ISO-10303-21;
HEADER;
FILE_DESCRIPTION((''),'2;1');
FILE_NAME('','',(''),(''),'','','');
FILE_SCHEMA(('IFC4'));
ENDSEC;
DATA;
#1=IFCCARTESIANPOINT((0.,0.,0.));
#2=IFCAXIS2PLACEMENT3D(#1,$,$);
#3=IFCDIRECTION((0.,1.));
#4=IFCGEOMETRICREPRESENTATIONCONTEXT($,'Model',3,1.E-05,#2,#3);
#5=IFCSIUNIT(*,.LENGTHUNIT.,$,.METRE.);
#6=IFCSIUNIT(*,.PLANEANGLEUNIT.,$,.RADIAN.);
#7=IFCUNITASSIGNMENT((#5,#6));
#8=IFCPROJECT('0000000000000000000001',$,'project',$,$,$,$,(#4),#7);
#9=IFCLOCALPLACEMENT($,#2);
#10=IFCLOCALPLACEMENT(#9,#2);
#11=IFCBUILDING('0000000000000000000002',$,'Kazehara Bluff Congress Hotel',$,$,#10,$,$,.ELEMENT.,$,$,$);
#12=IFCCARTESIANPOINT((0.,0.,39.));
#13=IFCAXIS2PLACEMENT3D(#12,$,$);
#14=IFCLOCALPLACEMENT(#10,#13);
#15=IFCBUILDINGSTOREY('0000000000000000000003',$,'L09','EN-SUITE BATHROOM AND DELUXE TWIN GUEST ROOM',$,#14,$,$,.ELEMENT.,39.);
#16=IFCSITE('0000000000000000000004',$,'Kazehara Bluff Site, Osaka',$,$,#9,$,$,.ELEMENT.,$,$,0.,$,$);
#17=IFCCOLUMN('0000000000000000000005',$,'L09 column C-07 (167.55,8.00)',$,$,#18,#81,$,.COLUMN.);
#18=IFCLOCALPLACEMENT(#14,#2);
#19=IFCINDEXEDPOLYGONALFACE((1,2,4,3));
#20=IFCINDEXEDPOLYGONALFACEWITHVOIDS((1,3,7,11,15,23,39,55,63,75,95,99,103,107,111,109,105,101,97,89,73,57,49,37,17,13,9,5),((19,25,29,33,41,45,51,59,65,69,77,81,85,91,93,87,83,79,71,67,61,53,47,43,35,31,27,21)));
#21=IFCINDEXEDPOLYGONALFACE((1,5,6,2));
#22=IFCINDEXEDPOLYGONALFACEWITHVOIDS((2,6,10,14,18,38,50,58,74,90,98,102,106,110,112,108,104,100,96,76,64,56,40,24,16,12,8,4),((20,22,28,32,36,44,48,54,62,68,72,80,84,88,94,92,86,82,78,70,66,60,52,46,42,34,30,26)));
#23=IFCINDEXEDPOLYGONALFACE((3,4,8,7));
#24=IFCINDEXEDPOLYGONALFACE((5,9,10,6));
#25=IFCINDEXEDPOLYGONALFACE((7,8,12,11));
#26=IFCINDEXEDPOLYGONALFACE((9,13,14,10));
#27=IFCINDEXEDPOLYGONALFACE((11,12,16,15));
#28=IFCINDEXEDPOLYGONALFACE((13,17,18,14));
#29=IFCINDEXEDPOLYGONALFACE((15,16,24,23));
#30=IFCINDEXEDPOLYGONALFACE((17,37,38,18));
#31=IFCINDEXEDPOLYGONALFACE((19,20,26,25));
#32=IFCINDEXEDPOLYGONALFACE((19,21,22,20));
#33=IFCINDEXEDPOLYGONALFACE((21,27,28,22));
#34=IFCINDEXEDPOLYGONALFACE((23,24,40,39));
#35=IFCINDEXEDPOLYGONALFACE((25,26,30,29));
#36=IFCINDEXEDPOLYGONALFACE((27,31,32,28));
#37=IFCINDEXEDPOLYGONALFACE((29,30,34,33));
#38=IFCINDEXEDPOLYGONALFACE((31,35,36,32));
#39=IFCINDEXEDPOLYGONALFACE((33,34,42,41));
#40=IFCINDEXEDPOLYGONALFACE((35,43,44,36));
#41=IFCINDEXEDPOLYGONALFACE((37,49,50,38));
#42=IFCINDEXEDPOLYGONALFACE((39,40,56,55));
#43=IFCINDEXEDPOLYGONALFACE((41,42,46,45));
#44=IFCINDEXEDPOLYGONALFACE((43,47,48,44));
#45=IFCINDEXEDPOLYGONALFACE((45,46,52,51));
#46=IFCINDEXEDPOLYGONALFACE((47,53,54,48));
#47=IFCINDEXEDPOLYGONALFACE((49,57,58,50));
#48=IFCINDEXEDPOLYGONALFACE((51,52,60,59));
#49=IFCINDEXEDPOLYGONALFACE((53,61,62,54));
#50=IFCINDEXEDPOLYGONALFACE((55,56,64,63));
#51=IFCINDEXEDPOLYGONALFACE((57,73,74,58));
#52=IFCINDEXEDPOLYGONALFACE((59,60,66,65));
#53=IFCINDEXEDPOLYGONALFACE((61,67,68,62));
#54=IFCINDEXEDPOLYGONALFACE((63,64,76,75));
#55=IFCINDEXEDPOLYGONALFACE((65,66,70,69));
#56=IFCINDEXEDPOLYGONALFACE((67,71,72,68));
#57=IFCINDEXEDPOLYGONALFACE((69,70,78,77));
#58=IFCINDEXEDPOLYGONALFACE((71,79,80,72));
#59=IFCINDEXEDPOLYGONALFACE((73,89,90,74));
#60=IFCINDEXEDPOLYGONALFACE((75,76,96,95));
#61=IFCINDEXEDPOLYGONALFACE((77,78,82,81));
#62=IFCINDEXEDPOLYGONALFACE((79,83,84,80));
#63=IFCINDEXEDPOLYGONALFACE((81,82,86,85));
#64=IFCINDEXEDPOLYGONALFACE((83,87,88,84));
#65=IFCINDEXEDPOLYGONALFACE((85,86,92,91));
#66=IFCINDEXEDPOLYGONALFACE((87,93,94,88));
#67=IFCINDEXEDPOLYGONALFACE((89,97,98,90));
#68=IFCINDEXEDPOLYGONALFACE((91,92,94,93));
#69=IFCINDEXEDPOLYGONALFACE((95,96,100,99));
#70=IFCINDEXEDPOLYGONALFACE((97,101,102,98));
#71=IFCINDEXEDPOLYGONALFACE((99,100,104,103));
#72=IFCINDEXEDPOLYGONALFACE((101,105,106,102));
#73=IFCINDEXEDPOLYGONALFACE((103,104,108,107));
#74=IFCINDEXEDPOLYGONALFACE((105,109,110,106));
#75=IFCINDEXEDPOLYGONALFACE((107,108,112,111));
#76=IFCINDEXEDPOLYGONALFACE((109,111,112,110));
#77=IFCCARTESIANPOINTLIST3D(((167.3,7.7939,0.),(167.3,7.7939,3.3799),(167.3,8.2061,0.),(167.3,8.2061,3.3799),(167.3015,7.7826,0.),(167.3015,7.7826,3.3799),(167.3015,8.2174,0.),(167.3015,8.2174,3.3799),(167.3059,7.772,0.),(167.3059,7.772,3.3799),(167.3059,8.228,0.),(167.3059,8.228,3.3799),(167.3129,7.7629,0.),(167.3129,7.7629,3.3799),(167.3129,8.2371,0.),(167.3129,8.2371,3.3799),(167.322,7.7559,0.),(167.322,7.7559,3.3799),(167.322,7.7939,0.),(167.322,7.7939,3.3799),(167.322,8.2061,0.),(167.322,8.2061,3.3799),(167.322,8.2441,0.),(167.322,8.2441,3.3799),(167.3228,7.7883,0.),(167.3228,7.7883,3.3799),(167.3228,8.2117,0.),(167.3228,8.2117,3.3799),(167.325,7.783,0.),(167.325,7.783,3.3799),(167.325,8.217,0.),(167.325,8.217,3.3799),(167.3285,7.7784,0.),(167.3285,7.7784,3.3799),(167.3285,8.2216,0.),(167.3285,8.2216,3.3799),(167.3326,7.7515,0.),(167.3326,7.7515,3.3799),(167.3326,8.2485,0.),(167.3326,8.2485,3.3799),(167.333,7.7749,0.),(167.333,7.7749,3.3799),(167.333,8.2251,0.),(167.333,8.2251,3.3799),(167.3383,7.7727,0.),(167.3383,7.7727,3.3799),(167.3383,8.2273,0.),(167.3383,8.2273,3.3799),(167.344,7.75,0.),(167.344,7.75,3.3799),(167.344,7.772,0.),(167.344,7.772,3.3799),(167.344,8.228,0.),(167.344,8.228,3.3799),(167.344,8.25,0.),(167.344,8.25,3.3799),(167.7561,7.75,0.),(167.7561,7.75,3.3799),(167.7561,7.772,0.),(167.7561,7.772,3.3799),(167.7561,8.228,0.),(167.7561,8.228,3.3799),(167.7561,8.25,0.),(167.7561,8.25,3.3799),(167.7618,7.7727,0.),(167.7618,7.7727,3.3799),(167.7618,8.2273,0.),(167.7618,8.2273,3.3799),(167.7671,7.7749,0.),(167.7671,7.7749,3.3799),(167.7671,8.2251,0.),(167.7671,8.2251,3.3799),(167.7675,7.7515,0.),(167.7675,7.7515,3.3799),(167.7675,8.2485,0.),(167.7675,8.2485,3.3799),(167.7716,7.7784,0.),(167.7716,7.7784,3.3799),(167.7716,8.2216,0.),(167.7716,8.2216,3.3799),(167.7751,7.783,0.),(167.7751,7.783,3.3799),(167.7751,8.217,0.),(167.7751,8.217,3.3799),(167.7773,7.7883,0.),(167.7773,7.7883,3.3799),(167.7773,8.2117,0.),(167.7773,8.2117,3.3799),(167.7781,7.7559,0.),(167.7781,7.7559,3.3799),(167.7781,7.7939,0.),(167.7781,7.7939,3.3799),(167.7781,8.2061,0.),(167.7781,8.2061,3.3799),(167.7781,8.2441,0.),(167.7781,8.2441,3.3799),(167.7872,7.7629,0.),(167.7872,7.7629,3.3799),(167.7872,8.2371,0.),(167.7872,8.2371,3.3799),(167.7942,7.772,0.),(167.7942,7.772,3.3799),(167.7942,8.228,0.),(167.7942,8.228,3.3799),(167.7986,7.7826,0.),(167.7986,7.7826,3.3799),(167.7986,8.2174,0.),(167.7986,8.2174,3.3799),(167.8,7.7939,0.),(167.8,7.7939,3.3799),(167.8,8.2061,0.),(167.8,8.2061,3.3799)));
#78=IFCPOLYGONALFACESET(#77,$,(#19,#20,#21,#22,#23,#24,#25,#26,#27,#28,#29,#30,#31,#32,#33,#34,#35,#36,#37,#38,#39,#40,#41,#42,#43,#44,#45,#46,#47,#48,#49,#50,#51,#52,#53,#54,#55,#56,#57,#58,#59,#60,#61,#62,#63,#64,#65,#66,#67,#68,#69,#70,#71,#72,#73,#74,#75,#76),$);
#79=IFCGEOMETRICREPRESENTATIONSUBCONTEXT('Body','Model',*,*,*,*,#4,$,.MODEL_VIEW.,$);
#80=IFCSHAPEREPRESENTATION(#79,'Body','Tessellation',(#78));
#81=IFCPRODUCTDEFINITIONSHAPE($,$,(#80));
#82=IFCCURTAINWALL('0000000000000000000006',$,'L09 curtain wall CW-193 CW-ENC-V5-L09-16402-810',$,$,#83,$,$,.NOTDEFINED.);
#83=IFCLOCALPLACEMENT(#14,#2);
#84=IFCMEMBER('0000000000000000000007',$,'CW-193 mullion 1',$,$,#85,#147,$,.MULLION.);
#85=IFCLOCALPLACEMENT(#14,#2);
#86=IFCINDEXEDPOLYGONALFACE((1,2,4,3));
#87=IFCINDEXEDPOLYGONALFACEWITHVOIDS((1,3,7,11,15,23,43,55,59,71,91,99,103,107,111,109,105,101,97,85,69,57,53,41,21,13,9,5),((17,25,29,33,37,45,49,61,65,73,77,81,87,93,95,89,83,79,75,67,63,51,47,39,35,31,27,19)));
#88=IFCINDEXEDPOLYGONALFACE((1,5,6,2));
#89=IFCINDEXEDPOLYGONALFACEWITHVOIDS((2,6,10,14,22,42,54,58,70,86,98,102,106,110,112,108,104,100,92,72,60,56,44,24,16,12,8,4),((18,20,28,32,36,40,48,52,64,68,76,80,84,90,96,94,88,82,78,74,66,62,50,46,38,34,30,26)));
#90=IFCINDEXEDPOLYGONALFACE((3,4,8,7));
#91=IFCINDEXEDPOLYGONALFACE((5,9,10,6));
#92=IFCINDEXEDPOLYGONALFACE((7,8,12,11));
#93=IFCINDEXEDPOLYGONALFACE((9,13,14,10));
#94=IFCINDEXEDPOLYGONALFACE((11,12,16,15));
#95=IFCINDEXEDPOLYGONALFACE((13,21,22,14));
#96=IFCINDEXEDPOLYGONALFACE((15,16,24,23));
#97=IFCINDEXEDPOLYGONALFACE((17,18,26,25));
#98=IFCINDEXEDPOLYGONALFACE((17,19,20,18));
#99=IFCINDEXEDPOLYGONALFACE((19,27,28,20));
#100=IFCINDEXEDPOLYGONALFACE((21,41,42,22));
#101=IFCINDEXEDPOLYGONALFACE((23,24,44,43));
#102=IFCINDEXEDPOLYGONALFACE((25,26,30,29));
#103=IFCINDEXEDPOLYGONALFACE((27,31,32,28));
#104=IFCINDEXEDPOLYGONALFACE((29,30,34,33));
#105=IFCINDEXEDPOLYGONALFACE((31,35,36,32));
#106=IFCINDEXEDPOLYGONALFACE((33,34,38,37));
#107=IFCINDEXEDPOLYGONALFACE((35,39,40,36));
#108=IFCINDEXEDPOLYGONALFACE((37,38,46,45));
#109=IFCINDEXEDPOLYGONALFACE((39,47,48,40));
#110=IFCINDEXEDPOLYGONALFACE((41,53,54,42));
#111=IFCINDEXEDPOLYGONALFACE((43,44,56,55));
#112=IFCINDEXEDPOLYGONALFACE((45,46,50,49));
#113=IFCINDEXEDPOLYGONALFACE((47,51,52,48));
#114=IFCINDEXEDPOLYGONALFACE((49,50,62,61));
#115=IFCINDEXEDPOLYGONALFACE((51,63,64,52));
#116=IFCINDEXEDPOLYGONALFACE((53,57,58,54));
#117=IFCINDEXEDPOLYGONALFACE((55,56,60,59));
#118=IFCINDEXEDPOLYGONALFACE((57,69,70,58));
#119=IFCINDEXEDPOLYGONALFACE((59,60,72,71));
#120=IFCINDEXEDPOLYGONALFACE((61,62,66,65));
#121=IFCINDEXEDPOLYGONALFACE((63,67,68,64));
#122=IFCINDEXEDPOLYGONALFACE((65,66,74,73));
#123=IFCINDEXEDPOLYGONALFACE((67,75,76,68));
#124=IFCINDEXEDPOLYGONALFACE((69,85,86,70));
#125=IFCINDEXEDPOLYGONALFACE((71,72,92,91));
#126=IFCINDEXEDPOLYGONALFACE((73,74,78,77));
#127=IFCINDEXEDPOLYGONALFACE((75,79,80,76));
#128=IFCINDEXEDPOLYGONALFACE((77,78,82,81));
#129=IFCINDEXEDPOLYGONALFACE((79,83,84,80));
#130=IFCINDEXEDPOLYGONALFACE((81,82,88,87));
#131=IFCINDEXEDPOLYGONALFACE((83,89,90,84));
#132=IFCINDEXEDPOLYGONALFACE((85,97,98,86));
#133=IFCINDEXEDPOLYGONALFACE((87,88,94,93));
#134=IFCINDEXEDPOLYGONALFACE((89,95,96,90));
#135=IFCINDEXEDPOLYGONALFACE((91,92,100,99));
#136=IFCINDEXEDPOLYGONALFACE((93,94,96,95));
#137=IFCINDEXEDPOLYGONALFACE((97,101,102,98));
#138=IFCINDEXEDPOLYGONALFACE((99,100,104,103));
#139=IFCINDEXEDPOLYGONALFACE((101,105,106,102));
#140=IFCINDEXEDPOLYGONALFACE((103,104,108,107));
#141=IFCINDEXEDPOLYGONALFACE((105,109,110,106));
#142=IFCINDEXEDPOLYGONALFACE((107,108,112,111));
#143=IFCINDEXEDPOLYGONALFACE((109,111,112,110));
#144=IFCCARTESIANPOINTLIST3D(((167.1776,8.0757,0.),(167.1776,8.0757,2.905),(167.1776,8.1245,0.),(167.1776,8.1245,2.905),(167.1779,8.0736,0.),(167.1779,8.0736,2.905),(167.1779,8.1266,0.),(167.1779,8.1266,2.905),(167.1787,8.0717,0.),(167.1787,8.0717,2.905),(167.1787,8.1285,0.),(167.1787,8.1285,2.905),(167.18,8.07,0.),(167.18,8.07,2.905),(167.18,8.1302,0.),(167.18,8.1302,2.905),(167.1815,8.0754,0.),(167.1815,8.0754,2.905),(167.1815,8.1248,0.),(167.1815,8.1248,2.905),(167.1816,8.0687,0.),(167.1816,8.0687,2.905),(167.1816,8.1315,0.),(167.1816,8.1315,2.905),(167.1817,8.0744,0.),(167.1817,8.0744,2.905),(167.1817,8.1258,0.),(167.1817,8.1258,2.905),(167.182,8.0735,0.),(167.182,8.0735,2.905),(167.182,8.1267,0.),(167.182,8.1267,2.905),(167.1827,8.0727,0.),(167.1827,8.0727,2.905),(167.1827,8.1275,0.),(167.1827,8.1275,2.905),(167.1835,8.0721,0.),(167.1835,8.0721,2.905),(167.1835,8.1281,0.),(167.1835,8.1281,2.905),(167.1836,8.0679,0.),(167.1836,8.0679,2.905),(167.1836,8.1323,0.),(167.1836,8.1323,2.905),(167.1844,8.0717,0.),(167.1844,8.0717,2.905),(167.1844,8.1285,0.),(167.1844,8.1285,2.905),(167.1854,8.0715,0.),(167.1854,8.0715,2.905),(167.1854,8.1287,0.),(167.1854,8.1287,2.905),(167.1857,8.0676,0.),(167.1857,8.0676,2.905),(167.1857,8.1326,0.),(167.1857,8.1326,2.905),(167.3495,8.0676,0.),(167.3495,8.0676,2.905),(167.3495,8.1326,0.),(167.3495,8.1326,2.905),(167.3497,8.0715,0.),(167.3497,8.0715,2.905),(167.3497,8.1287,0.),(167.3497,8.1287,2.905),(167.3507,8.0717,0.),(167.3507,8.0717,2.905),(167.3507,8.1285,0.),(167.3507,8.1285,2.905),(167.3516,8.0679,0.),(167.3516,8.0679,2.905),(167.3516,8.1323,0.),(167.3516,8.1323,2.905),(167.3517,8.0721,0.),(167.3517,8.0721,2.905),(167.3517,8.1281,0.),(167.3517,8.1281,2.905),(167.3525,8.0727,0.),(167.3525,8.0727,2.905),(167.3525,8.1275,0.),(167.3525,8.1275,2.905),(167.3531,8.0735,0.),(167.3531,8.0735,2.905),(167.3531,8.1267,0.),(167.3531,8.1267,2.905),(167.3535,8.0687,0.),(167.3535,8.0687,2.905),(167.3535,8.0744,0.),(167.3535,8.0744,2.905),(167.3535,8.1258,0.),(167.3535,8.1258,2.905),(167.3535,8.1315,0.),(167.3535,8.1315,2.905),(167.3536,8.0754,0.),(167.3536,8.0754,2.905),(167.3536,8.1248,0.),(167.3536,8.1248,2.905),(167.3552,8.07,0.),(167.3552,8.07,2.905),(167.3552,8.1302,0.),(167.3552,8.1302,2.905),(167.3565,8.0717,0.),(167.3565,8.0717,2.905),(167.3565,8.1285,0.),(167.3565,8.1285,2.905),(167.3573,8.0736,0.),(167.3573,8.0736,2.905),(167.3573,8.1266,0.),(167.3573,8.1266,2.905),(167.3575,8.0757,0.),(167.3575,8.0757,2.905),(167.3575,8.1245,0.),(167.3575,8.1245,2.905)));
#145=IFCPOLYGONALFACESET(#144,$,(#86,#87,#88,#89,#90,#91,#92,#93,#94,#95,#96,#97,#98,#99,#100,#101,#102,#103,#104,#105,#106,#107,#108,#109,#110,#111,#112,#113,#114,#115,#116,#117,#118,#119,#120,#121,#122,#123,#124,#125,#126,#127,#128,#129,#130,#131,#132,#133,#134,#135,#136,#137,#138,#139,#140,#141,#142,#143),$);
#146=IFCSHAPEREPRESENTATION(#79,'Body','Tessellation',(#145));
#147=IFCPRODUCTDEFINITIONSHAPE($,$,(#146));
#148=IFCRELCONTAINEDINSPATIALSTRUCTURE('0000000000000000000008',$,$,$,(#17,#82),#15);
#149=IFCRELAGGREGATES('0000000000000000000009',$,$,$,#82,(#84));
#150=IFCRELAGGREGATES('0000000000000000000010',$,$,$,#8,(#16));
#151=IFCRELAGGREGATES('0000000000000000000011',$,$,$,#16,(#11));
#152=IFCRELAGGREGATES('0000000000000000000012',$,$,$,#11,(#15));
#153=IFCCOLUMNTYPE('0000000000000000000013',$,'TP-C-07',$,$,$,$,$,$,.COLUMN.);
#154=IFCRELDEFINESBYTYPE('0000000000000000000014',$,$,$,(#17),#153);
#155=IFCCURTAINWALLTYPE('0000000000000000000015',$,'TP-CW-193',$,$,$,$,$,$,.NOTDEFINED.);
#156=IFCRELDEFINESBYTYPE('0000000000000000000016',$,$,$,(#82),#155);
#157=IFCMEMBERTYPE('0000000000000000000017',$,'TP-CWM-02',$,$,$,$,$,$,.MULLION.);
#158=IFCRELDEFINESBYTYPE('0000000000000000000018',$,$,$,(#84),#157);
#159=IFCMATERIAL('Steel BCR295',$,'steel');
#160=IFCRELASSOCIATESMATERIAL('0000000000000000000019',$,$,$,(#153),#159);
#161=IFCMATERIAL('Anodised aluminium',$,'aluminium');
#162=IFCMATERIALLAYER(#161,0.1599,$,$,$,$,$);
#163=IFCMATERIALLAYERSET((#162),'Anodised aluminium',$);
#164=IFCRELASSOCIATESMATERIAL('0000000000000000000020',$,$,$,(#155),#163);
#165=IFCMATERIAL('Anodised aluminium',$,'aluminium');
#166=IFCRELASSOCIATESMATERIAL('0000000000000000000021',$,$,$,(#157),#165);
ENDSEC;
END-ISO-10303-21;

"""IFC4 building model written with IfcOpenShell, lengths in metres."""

from ifc_helpers import new_model, si_unit, direction, frame, origin, origin_2d, place, context, subcontext, project, spatial, hollow_rectangle, extrude, material, layer, layer_set, material_profile, profile_set, type_object, element, aggregate, save


model = new_model("IFC4")

# Units and contexts
model_context = context("Model", 3, precision=1e-05, world=origin(), true_north=direction((0.0, 1.0)))
body_context = subcontext(model_context, "Body", "Model", "MODEL_VIEW")
ifc_project = project(units=[si_unit("LENGTHUNIT", "METRE"), si_unit("PLANEANGLEUNIT", "RADIAN")], contexts=[model_context])

# Site, building, storey
site_placement = place(None, origin())
site = spatial("IfcSite", under=ifc_project, at=site_placement, Name="Kazehara Bluff Site, Osaka", CompositionType="ELEMENT", RefElevation=0.0)
building_placement = place(site_placement, origin())
building = spatial("IfcBuilding", under=site, at=building_placement, Name="Kazehara Bluff Congress Hotel", CompositionType="ELEMENT")
storey_placement = place(building_placement, frame((0.0, 0.0, 39.0)))
storey = spatial("IfcBuildingStorey", under=building, at=storey_placement, Name="L09", Description="EN-SUITE BATHROOM AND DELUXE TWIN GUEST ROOM", CompositionType="ELEMENT", Elevation=39.0)

# Column
ifc_material_1 = material(Name="Steel BCR295", Category="steel")
ifc_material_profile_1 = material_profile(ifc_material_1, hollow_rectangle(XDim=0.5, YDim=0.5, WallThickness=0.022, InnerFilletRadius=0.022, OuterFilletRadius=0.0439, at=origin_2d()))
ifc_profile_set_1 = profile_set([ifc_material_profile_1], Name="Steel BCR295")
column_type = type_object("IfcColumnType", Name="TP-C-07", PredefinedType="COLUMN", material=ifc_profile_set_1)
column_placement = place(storey_placement, frame((167.55, 8.0, 0.0), z_axis=(0.0, 0.0, 1.0), x_axis=(1.0, 0.0, 0.0)))
element("IfcColumn", 1, at=column_placement, inside=storey, type_object=column_type, Name="L09 column C-07 (167.55,8.00)", PredefinedType="COLUMN", context=body_context, shape_type="SweptSolid", body=[
    extrude(hollow_rectangle(XDim=0.5, YDim=0.5, WallThickness=0.022, InnerFilletRadius=0.022, OuterFilletRadius=0.0439, at=origin_2d()), origin(), (0.0, 0.0, 1.0), 3.3799),
])

# Curtain wall, member
ifc_material_2 = material(Name="Anodised aluminium", Category="aluminium")
ifc_layer_1 = layer(ifc_material_2, 0.1599)
ifc_layer_set_1 = layer_set([ifc_layer_1], Name="Anodised aluminium")
curtain_wall_type = type_object("IfcCurtainWallType", Name="TP-CW-193", PredefinedType="NOTDEFINED", material=ifc_layer_set_1)
curtain_wall_placement = place(storey_placement, origin())
curtain_wall = element("IfcCurtainWall", 2, at=curtain_wall_placement, inside=storey, type_object=curtain_wall_type, Name="L09 curtain wall CW-193 CW-ENC-V5-L09-16402-810", PredefinedType="NOTDEFINED")
ifc_material_3 = material(Name="Anodised aluminium", Category="aluminium")
ifc_material_profile_2 = material_profile(ifc_material_3, hollow_rectangle(XDim=0.0649, YDim=0.1799, WallThickness=0.0039, InnerFilletRadius=0.0039, OuterFilletRadius=0.0081, at=origin_2d()))
ifc_profile_set_2 = profile_set([ifc_material_profile_2], Name="Anodised aluminium")
member_type_1 = type_object("IfcMemberType", Name="TP-CWM-02", PredefinedType="MULLION", material=ifc_profile_set_2)
member_1_placement = place(storey_placement, frame((167.2676, 8.1001, 0.0), z_axis=(0.0, 0.0, 1.0), x_axis=(0.0, -1.0, 0.0)))
member_1 = element("IfcMember", 3, at=member_1_placement, type_object=member_type_1, Name="CW-193 mullion 1", PredefinedType="MULLION", context=body_context, shape_type="SweptSolid", body=[
    extrude(hollow_rectangle(XDim=0.0649, YDim=0.1799, WallThickness=0.0039, InnerFilletRadius=0.0039, OuterFilletRadius=0.0081, at=origin_2d()), origin(), (0.0, 0.0, 1.0), 2.905),
])

aggregate(curtain_wall, [member_1])

save(model, "model.ifc")
